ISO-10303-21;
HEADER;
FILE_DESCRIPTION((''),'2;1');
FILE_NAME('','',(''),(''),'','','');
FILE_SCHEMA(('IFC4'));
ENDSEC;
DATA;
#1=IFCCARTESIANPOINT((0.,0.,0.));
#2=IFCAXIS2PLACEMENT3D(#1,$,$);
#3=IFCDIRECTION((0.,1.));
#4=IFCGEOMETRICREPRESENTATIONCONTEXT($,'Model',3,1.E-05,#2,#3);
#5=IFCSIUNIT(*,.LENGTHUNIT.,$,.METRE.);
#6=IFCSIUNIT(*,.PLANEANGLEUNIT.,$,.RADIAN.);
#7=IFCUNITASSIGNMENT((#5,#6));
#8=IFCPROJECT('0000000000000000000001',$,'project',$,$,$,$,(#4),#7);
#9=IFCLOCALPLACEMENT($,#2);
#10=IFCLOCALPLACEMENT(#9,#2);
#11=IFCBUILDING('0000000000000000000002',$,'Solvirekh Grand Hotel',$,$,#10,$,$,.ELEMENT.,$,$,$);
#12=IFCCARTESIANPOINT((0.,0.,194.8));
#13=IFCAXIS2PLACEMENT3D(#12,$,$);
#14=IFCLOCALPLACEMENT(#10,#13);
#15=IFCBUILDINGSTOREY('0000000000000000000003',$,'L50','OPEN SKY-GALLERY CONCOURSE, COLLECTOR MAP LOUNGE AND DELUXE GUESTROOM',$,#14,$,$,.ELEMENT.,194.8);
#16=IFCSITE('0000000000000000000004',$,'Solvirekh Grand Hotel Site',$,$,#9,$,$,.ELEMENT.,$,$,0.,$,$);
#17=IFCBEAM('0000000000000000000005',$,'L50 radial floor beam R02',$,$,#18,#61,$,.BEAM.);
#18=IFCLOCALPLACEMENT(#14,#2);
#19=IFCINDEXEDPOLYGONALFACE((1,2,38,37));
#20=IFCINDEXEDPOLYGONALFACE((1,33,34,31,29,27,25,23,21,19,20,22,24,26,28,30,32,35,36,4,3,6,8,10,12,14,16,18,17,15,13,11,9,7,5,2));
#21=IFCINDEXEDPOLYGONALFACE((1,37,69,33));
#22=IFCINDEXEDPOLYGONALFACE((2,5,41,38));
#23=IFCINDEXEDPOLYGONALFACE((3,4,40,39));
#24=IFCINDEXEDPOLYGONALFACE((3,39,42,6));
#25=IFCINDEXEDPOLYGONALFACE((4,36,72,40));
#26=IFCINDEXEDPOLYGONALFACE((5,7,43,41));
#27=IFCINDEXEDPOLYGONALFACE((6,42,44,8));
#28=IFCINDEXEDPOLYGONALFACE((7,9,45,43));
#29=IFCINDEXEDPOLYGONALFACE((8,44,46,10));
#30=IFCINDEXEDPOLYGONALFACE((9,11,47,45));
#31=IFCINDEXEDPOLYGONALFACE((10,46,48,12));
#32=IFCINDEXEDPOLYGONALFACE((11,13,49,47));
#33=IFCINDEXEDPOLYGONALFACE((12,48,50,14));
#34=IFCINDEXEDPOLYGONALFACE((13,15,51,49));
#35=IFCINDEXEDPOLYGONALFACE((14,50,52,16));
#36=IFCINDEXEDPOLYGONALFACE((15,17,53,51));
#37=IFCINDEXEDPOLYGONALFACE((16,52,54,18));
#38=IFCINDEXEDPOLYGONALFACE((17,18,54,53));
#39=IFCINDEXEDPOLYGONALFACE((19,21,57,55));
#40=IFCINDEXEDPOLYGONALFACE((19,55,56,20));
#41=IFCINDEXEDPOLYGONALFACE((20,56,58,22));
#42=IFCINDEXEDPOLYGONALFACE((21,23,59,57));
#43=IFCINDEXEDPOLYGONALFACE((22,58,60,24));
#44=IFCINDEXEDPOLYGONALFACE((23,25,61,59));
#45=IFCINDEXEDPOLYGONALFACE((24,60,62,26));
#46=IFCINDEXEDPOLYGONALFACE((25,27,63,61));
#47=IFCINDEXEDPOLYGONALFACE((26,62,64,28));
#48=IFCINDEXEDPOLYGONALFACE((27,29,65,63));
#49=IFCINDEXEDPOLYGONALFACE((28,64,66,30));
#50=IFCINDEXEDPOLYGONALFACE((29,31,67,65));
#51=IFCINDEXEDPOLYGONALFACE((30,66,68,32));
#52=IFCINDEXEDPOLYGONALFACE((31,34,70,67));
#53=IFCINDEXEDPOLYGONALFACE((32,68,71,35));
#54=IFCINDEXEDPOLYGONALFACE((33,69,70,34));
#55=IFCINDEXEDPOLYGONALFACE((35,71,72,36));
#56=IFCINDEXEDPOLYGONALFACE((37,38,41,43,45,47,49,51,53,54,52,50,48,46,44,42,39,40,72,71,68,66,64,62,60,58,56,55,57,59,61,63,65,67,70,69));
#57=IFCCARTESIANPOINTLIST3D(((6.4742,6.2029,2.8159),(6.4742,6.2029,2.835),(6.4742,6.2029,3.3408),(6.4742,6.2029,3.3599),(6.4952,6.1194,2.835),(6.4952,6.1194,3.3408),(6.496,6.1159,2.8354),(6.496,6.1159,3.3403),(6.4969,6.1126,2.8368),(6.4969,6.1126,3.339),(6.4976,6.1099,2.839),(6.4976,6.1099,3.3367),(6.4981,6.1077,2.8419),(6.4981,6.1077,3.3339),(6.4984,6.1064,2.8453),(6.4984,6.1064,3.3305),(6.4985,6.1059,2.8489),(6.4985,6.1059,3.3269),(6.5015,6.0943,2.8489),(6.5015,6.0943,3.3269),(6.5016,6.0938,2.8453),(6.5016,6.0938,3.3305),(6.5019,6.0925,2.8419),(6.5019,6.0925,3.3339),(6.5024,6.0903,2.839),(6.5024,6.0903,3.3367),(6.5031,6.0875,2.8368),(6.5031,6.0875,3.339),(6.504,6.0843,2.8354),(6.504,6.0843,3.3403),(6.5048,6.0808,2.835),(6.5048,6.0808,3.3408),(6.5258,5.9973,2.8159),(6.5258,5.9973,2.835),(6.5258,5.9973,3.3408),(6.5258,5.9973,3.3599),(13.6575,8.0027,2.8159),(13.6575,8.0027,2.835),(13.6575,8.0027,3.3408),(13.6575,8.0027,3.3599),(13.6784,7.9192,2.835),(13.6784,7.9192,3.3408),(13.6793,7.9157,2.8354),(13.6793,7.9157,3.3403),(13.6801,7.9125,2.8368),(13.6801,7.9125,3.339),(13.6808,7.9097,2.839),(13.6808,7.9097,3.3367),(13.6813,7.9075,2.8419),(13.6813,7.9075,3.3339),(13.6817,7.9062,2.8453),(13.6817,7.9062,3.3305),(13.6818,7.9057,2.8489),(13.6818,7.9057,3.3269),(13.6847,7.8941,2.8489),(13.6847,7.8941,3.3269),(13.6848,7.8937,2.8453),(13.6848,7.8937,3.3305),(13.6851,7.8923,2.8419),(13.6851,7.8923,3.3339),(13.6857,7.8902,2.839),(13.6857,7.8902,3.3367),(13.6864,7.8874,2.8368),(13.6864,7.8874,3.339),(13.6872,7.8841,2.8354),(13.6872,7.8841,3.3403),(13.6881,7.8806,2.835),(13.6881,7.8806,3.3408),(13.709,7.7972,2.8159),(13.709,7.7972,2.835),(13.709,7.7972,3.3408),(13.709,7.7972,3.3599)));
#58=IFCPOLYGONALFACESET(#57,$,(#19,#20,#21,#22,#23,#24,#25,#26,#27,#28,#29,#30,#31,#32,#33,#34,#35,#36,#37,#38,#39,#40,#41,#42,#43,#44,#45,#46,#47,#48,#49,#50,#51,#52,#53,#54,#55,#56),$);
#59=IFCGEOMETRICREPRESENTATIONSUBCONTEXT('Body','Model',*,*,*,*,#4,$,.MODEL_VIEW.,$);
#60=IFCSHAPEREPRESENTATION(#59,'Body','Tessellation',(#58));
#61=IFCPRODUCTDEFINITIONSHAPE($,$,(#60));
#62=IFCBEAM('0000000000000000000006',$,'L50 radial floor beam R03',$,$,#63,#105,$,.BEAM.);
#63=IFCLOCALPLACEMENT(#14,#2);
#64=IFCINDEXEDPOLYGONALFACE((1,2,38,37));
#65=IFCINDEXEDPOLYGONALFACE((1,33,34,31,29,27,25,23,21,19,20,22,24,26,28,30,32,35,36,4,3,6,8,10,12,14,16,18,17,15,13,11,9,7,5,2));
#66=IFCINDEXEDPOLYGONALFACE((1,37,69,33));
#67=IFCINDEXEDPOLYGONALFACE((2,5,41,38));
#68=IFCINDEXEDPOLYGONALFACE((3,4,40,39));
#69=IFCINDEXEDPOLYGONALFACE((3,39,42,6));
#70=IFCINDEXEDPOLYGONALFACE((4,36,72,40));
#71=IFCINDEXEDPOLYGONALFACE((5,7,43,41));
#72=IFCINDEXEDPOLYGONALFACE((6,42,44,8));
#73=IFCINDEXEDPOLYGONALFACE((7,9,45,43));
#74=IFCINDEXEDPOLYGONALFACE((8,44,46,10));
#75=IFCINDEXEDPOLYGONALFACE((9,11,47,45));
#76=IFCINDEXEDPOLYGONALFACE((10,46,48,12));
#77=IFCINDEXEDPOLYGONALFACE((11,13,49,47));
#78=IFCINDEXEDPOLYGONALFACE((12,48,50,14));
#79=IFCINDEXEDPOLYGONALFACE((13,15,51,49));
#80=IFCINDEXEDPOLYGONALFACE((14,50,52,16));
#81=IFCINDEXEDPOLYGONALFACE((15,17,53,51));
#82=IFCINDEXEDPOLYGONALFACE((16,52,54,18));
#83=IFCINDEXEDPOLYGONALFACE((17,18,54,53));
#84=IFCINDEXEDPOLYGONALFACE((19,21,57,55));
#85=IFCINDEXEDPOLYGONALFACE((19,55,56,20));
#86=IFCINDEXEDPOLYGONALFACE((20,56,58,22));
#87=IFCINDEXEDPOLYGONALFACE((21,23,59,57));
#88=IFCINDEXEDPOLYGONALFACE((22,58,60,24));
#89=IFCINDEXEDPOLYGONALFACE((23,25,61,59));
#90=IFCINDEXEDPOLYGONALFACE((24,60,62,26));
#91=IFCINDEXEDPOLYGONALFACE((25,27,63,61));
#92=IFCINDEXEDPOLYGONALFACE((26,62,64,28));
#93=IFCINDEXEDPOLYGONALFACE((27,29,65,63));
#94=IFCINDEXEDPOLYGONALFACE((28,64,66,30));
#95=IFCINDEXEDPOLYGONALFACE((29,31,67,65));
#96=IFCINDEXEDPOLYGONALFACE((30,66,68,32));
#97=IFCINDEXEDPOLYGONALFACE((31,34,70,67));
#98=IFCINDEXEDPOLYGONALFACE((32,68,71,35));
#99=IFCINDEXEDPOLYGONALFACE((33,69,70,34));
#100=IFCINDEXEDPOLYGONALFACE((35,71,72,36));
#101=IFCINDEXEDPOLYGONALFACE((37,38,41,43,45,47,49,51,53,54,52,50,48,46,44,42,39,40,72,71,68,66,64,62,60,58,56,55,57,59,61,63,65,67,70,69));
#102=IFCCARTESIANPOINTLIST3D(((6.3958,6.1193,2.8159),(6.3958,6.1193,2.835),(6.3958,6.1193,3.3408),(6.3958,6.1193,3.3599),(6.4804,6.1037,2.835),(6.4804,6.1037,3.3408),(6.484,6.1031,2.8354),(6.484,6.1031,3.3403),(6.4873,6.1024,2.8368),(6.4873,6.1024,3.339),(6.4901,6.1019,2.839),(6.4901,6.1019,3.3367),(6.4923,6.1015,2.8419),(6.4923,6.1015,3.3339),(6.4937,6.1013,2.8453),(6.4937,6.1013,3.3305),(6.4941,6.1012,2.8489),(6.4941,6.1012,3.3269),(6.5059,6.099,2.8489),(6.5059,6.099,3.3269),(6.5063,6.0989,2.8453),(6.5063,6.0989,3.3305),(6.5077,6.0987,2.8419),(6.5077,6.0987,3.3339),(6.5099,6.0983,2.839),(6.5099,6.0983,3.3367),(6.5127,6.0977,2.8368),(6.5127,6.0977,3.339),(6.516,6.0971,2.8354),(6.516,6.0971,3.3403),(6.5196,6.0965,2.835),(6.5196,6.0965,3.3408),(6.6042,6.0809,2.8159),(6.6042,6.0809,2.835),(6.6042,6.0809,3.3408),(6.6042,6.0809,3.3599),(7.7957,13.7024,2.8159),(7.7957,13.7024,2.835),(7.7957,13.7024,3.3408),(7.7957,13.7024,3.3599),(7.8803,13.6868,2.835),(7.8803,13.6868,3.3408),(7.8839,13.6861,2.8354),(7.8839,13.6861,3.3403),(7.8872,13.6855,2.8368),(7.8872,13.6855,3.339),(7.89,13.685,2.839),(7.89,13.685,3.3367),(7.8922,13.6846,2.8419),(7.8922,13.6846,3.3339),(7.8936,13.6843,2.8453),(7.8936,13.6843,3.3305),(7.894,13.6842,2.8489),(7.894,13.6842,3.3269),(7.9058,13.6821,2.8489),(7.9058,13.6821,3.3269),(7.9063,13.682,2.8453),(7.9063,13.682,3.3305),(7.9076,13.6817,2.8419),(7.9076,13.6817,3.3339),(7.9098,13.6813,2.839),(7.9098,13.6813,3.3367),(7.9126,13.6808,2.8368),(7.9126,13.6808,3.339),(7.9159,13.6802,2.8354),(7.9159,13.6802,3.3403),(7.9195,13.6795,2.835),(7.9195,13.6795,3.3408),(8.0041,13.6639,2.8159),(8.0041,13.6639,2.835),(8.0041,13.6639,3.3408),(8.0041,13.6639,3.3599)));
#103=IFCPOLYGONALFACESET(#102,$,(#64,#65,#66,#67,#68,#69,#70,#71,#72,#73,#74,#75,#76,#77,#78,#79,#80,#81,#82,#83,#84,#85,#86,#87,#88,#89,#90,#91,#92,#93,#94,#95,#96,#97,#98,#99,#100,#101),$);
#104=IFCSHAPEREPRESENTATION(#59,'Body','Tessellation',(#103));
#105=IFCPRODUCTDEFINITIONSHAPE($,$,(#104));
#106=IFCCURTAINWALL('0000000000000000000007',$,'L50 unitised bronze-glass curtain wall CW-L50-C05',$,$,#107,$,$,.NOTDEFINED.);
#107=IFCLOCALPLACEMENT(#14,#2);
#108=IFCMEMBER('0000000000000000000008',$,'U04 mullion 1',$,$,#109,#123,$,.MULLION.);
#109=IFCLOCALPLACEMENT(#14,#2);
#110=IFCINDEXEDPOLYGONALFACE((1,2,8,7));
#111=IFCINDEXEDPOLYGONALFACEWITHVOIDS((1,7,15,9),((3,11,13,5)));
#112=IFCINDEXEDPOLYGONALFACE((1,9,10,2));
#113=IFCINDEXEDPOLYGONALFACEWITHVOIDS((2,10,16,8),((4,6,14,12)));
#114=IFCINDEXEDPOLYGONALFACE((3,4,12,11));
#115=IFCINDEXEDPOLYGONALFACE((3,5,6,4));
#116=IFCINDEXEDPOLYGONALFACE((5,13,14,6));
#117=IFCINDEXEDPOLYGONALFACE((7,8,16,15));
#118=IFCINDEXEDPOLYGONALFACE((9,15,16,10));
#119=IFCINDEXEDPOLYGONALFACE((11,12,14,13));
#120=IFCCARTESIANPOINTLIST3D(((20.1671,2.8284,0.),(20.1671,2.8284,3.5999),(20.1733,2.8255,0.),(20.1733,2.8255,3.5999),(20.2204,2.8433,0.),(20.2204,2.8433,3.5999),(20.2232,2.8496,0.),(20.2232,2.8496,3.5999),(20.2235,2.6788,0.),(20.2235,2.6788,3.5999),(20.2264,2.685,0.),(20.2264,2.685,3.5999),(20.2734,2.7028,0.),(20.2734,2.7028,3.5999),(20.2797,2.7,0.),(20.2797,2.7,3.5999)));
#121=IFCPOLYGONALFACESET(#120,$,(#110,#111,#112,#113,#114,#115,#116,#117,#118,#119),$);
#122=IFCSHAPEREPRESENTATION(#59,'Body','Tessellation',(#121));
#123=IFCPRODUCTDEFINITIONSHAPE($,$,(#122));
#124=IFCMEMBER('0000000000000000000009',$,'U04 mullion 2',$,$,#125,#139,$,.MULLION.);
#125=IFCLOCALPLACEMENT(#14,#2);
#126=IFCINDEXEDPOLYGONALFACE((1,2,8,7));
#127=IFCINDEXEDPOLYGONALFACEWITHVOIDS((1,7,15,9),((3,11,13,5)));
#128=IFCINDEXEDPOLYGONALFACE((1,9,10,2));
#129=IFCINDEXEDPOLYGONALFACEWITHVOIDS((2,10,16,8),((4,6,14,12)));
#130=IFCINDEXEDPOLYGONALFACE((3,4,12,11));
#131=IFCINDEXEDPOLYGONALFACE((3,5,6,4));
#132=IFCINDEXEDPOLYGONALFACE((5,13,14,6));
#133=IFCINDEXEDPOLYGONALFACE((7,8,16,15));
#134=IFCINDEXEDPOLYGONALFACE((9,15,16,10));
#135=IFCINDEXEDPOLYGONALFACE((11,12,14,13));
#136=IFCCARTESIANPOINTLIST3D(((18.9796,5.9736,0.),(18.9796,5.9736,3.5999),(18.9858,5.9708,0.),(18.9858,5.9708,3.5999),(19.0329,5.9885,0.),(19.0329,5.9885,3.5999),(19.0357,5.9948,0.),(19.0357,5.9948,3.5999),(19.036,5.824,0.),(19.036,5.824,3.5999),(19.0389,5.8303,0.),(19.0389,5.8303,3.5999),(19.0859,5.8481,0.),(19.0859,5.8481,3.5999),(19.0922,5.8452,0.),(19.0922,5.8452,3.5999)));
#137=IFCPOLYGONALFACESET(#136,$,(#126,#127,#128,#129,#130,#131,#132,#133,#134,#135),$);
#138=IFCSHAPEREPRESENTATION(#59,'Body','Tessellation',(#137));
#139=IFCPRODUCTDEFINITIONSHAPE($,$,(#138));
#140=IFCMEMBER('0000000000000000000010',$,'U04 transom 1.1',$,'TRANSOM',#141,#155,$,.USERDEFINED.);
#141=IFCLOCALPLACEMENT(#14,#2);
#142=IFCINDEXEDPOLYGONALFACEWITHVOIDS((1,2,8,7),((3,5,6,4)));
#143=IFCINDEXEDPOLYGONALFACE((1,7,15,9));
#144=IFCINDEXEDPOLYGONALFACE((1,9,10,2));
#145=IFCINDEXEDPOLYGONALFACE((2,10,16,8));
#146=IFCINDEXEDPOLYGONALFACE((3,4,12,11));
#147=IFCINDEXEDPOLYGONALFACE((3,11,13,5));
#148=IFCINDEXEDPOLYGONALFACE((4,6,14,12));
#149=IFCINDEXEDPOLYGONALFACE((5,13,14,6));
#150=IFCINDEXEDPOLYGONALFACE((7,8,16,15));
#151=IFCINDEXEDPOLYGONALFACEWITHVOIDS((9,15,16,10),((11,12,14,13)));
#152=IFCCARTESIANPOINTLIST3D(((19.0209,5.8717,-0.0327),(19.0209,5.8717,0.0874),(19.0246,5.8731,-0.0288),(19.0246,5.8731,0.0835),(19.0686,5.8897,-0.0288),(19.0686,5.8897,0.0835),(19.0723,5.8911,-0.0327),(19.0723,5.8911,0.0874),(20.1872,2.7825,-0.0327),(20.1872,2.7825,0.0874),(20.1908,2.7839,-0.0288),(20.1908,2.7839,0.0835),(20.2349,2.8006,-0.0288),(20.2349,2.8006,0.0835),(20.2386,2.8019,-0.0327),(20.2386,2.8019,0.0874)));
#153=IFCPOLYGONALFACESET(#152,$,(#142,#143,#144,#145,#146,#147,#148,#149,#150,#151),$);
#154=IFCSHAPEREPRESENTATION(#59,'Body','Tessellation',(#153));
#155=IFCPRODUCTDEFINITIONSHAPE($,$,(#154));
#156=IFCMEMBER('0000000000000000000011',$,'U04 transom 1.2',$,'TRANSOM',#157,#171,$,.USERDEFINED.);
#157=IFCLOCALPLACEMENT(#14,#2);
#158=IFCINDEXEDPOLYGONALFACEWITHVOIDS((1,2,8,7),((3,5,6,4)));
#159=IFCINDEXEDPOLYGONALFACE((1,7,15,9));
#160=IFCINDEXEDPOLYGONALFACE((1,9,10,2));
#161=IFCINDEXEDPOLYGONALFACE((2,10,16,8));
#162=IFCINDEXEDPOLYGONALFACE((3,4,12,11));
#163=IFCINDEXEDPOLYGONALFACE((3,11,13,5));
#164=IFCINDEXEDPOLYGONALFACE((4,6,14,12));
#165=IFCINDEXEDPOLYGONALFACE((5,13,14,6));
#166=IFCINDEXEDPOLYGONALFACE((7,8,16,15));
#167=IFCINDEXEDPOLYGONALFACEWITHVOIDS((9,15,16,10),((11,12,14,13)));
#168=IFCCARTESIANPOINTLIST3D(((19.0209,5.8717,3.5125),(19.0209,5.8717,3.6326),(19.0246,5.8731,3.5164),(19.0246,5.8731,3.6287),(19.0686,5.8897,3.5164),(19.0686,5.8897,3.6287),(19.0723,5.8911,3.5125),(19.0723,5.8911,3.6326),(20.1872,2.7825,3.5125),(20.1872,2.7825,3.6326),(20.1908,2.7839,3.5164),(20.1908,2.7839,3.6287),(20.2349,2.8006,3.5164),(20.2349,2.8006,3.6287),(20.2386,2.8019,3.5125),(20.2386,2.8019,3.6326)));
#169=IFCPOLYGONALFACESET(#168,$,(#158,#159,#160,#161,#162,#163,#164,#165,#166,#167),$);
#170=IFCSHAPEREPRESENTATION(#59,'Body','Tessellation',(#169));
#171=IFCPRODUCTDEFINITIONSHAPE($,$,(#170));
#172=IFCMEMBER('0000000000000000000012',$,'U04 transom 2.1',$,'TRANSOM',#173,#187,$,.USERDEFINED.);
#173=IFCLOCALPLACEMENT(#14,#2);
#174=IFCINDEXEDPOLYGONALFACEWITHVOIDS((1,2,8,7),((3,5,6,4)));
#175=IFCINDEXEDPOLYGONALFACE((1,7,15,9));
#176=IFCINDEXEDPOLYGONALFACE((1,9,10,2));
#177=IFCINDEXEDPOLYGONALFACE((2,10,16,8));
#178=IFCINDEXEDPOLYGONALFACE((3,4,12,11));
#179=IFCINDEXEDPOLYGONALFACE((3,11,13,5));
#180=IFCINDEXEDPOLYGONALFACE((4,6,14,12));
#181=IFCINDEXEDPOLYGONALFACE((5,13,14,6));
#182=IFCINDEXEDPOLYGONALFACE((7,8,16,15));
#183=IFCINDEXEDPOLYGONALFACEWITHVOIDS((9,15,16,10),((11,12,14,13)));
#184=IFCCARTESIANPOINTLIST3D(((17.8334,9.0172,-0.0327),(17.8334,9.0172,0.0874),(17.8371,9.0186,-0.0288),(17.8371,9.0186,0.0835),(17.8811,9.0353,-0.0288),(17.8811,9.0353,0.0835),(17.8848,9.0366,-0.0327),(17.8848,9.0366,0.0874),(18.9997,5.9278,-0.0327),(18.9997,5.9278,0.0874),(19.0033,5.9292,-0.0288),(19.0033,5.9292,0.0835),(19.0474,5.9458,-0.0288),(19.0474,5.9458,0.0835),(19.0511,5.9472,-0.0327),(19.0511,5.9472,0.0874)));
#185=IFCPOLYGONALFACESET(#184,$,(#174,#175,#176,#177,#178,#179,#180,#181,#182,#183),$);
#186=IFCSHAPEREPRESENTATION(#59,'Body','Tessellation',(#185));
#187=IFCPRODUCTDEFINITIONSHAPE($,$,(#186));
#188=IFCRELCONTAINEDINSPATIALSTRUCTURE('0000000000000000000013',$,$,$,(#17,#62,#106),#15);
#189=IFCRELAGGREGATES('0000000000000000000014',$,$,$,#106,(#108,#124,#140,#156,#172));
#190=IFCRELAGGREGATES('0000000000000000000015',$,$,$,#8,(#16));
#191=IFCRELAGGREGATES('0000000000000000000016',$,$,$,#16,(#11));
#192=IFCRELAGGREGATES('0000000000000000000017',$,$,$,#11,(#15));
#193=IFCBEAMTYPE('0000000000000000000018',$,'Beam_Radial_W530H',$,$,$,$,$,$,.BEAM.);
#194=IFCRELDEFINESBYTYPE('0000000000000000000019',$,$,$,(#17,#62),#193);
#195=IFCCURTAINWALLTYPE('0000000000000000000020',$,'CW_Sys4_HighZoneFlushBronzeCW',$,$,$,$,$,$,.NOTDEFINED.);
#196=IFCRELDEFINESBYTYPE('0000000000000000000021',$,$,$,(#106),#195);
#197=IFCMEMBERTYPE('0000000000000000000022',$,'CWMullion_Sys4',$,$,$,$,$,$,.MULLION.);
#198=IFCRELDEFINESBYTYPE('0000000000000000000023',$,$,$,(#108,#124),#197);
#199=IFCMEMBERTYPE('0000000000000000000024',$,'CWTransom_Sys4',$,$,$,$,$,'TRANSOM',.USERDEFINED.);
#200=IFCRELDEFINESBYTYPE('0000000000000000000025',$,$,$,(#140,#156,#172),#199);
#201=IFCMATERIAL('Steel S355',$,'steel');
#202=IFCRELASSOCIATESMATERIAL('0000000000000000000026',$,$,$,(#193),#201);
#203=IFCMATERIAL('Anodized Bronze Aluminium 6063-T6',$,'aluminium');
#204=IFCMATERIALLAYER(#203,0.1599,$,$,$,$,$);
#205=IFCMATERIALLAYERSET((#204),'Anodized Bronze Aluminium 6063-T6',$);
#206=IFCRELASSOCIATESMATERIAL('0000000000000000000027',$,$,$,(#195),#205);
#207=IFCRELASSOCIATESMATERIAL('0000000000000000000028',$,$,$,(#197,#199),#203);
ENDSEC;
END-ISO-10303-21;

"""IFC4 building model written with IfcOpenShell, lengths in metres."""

from ifc_helpers import new_model, si_unit, direction, frame, origin, origin_2d, place, context, subcontext, project, spatial, hollow_rectangle, i_section, extrude, source, transform, mapped, material, layer, layer_set, material_profile, profile_set, type_object, element, aggregate, save


model = new_model("IFC4")

# Units and contexts
model_context = context("Model", 3, precision=1e-05, world=origin(), true_north=direction((0.0, 1.0)))
body_context = subcontext(model_context, "Body", "Model", "MODEL_VIEW")
ifc_project = project(units=[si_unit("LENGTHUNIT", "METRE"), si_unit("PLANEANGLEUNIT", "RADIAN")], contexts=[model_context])

# Site, building, storey
site_placement = place(None, origin())
site = spatial("IfcSite", under=ifc_project, at=site_placement, Name="Solvirekh Grand Hotel Site", CompositionType="ELEMENT", RefElevation=0.0)
building_placement = place(site_placement, origin())
building = spatial("IfcBuilding", under=site, at=building_placement, Name="Solvirekh Grand Hotel", CompositionType="ELEMENT")
storey_placement = place(building_placement, frame((0.0, 0.0, 194.8)))
storey = spatial("IfcBuildingStorey", under=building, at=storey_placement, Name="L50", Description="OPEN SKY-GALLERY CONCOURSE, COLLECTOR MAP LOUNGE AND DELUXE GUESTROOM", CompositionType="ELEMENT", Elevation=194.8)

# Beams
ifc_material_1 = material(Name="Steel S355", Category="steel")
ifc_material_profile_1 = material_profile(ifc_material_1, i_section(OverallWidth=0.2119, OverallDepth=0.5439, WebThickness=0.012, FlangeThickness=0.019, FilletRadius=0.0139, at=origin_2d()), Name="W530X123")
ifc_profile_set_1 = profile_set([ifc_material_profile_1], Name="Steel S355")
beam_type = type_object("IfcBeamType", Name="Beam_Radial_W530H", PredefinedType="BEAM", material=ifc_profile_set_1)
beam_1_placement = place(storey_placement, frame((6.5, 6.1001, 3.0879), z_axis=(0.970014, 0.243048, 0.0), x_axis=(-0.243048, 0.970014, 0.0)))
element("IfcBeam", 1, at=beam_1_placement, inside=storey, type_object=beam_type, Name="L50 radial floor beam R02", PredefinedType="BEAM", context=body_context, shape_type="SweptSolid", body=[
    extrude(i_section(OverallWidth=0.2119, OverallDepth=0.5439, WebThickness=0.012, FlangeThickness=0.019, FilletRadius=0.0139, at=origin_2d()), origin(), (0.0, 0.0, 1.0), 7.4053),
])
beam_2_placement = place(storey_placement, frame((6.5, 6.1001, 3.0879), z_axis=(0.181543, 0.983383, 0.0), x_axis=(-0.983383, 0.181543, 0.0)))
element("IfcBeam", 2, at=beam_2_placement, inside=storey, type_object=beam_type, Name="L50 radial floor beam R03", PredefinedType="BEAM", context=body_context, shape_type="SweptSolid", body=[
    extrude(i_section(OverallWidth=0.2119, OverallDepth=0.5439, WebThickness=0.012, FlangeThickness=0.019, FilletRadius=0.0139, at=origin_2d()), origin(), (0.0, 0.0, 1.0), 7.7112),
])

# Curtain wall, members
ifc_material_2 = material(Name="Anodized Bronze Aluminium 6063-T6", Category="aluminium")
ifc_layer_1 = layer(ifc_material_2, 0.1599)
ifc_layer_set_1 = layer_set([ifc_layer_1], Name="Anodized Bronze Aluminium 6063-T6")
curtain_wall_type = type_object("IfcCurtainWallType", Name="CW_Sys4_HighZoneFlushBronzeCW", PredefinedType="NOTDEFINED", material=ifc_layer_set_1)
curtain_wall_placement = place(storey_placement, origin())
curtain_wall = element("IfcCurtainWall", 3, at=curtain_wall_placement, inside=storey, type_object=curtain_wall_type, Name="L50 unitised bronze-glass curtain wall CW-L50-C05", PredefinedType="NOTDEFINED")
ifc_material_profile_2 = material_profile(ifc_material_2, hollow_rectangle(XDim=0.0601, YDim=0.1599, WallThickness=0.0049, at=origin_2d()), Name="ALU RHS 160X60X5")
ifc_profile_set_2 = profile_set([ifc_material_profile_2], Name="Anodized Bronze Aluminium 6063-T6")
member_type_1 = type_object("IfcMemberType", Name="CWMullion_Sys4", PredefinedType="MULLION", material=ifc_profile_set_2)
shared_shape_1 = source(origin(), body_context, "Body", "SweptSolid", [
    extrude(hollow_rectangle(XDim=0.0601, YDim=0.1599, WallThickness=0.0049, at=origin_2d()), origin(), (0.0, 0.0, 1.0), 3.5999),
])
member_1_placement = place(storey_placement, frame((20.2234, 2.7642, 0.0), z_axis=(0.0, 0.0, 1.0), x_axis=(-0.935558, -0.353174, 0.0)))
member_1 = element("IfcMember", 4, at=member_1_placement, type_object=member_type_1, Name="U04 mullion 1", PredefinedType="MULLION", context=body_context, shape_type="MappedRepresentation", body=[
    mapped(shared_shape_1, transform((0.0, 0.0, 0.0), x_axis=(1.0, 0.0, 0.0), y_axis=(0.0, 1.0, 0.0), z_axis=(0.0, 0.0, 1.0), scale=1.0)),
])
member_2_placement = place(storey_placement, frame((19.0359, 5.9094, 0.0), z_axis=(0.0, 0.0, 1.0), x_axis=(-0.935558, -0.353174, 0.0)))
member_2 = element("IfcMember", 5, at=member_2_placement, type_object=member_type_1, Name="U04 mullion 2", PredefinedType="MULLION", context=body_context, shape_type="MappedRepresentation", body=[
    mapped(shared_shape_1, transform((0.0, 0.0, 0.0), x_axis=(1.0, 0.0, 0.0), y_axis=(0.0, 1.0, 0.0), z_axis=(0.0, 0.0, 1.0), scale=1.0)),
])
ifc_material_profile_3 = material_profile(ifc_material_2, hollow_rectangle(XDim=0.0549, YDim=0.1201, WallThickness=0.0039, at=origin_2d()), Name="ALU RHS 120X55X4")
ifc_profile_set_3 = profile_set([ifc_material_profile_3], Name="Anodized Bronze Aluminium 6063-T6")
member_type_2 = type_object("IfcMemberType", Name="CWTransom_Sys4", ElementType="TRANSOM", PredefinedType="USERDEFINED", material=ifc_profile_set_3)
shared_shape_2 = source(origin(), body_context, "Body", "SweptSolid", [
    extrude(hollow_rectangle(XDim=0.0549, YDim=0.1201, WallThickness=0.0039, at=origin_2d()), origin(), (0.0, 0.0, 1.0), 3.302),
])
member_3_placement = place(storey_placement, frame((20.2129, 2.7922, 0.0273), z_axis=(-0.353205, 0.935546, 0.0), x_axis=(-0.935546, -0.353205, 0.0)))
member_3 = element("IfcMember", 6, at=member_3_placement, type_object=member_type_2, Name="U04 transom 1.1", ObjectType="TRANSOM", PredefinedType="USERDEFINED", context=body_context, shape_type="MappedRepresentation", body=[
    mapped(shared_shape_2, transform((0.0, 0.0, 0.0), x_axis=(1.0, 0.0, 0.0), y_axis=(0.0, 1.0, 0.0), z_axis=(0.0, 0.0, 1.0), scale=1.0)),
])
member_4_placement = place(storey_placement, frame((20.2129, 2.7922, 3.5725), z_axis=(-0.353205, 0.935546, 0.0), x_axis=(-0.935546, -0.353205, 0.0)))
member_4 = element("IfcMember", 7, at=member_4_placement, type_object=member_type_2, Name="U04 transom 1.2", ObjectType="TRANSOM", PredefinedType="USERDEFINED", context=body_context, shape_type="MappedRepresentation", body=[
    mapped(shared_shape_2, transform((0.0, 0.0, 0.0), x_axis=(1.0, 0.0, 0.0), y_axis=(0.0, 1.0, 0.0), z_axis=(0.0, 0.0, 1.0), scale=1.0)),
])
shared_shape_3 = source(origin(), body_context, "Body", "SweptSolid", [
    extrude(hollow_rectangle(XDim=0.0549, YDim=0.1201, WallThickness=0.0039, at=origin_2d()), origin(), (0.0, 0.0, 1.0), 3.3022),
])
member_5_placement = place(storey_placement, frame((19.0254, 5.9375, 0.0273), z_axis=(-0.353181, 0.935555, 0.0), x_axis=(-0.935555, -0.353181, 0.0)))
member_5 = element("IfcMember", 8, at=member_5_placement, type_object=member_type_2, Name="U04 transom 2.1", ObjectType="TRANSOM", PredefinedType="USERDEFINED", context=body_context, shape_type="MappedRepresentation", body=[
    mapped(shared_shape_3, transform((0.0, 0.0, 0.0), x_axis=(1.0, 0.0, 0.0), y_axis=(0.0, 1.0, 0.0), z_axis=(0.0, 0.0, 1.0), scale=1.0)),
])
aggregate(curtain_wall, [member_1, member_2, member_3, member_4, member_5])

save(model, "model.ifc")
